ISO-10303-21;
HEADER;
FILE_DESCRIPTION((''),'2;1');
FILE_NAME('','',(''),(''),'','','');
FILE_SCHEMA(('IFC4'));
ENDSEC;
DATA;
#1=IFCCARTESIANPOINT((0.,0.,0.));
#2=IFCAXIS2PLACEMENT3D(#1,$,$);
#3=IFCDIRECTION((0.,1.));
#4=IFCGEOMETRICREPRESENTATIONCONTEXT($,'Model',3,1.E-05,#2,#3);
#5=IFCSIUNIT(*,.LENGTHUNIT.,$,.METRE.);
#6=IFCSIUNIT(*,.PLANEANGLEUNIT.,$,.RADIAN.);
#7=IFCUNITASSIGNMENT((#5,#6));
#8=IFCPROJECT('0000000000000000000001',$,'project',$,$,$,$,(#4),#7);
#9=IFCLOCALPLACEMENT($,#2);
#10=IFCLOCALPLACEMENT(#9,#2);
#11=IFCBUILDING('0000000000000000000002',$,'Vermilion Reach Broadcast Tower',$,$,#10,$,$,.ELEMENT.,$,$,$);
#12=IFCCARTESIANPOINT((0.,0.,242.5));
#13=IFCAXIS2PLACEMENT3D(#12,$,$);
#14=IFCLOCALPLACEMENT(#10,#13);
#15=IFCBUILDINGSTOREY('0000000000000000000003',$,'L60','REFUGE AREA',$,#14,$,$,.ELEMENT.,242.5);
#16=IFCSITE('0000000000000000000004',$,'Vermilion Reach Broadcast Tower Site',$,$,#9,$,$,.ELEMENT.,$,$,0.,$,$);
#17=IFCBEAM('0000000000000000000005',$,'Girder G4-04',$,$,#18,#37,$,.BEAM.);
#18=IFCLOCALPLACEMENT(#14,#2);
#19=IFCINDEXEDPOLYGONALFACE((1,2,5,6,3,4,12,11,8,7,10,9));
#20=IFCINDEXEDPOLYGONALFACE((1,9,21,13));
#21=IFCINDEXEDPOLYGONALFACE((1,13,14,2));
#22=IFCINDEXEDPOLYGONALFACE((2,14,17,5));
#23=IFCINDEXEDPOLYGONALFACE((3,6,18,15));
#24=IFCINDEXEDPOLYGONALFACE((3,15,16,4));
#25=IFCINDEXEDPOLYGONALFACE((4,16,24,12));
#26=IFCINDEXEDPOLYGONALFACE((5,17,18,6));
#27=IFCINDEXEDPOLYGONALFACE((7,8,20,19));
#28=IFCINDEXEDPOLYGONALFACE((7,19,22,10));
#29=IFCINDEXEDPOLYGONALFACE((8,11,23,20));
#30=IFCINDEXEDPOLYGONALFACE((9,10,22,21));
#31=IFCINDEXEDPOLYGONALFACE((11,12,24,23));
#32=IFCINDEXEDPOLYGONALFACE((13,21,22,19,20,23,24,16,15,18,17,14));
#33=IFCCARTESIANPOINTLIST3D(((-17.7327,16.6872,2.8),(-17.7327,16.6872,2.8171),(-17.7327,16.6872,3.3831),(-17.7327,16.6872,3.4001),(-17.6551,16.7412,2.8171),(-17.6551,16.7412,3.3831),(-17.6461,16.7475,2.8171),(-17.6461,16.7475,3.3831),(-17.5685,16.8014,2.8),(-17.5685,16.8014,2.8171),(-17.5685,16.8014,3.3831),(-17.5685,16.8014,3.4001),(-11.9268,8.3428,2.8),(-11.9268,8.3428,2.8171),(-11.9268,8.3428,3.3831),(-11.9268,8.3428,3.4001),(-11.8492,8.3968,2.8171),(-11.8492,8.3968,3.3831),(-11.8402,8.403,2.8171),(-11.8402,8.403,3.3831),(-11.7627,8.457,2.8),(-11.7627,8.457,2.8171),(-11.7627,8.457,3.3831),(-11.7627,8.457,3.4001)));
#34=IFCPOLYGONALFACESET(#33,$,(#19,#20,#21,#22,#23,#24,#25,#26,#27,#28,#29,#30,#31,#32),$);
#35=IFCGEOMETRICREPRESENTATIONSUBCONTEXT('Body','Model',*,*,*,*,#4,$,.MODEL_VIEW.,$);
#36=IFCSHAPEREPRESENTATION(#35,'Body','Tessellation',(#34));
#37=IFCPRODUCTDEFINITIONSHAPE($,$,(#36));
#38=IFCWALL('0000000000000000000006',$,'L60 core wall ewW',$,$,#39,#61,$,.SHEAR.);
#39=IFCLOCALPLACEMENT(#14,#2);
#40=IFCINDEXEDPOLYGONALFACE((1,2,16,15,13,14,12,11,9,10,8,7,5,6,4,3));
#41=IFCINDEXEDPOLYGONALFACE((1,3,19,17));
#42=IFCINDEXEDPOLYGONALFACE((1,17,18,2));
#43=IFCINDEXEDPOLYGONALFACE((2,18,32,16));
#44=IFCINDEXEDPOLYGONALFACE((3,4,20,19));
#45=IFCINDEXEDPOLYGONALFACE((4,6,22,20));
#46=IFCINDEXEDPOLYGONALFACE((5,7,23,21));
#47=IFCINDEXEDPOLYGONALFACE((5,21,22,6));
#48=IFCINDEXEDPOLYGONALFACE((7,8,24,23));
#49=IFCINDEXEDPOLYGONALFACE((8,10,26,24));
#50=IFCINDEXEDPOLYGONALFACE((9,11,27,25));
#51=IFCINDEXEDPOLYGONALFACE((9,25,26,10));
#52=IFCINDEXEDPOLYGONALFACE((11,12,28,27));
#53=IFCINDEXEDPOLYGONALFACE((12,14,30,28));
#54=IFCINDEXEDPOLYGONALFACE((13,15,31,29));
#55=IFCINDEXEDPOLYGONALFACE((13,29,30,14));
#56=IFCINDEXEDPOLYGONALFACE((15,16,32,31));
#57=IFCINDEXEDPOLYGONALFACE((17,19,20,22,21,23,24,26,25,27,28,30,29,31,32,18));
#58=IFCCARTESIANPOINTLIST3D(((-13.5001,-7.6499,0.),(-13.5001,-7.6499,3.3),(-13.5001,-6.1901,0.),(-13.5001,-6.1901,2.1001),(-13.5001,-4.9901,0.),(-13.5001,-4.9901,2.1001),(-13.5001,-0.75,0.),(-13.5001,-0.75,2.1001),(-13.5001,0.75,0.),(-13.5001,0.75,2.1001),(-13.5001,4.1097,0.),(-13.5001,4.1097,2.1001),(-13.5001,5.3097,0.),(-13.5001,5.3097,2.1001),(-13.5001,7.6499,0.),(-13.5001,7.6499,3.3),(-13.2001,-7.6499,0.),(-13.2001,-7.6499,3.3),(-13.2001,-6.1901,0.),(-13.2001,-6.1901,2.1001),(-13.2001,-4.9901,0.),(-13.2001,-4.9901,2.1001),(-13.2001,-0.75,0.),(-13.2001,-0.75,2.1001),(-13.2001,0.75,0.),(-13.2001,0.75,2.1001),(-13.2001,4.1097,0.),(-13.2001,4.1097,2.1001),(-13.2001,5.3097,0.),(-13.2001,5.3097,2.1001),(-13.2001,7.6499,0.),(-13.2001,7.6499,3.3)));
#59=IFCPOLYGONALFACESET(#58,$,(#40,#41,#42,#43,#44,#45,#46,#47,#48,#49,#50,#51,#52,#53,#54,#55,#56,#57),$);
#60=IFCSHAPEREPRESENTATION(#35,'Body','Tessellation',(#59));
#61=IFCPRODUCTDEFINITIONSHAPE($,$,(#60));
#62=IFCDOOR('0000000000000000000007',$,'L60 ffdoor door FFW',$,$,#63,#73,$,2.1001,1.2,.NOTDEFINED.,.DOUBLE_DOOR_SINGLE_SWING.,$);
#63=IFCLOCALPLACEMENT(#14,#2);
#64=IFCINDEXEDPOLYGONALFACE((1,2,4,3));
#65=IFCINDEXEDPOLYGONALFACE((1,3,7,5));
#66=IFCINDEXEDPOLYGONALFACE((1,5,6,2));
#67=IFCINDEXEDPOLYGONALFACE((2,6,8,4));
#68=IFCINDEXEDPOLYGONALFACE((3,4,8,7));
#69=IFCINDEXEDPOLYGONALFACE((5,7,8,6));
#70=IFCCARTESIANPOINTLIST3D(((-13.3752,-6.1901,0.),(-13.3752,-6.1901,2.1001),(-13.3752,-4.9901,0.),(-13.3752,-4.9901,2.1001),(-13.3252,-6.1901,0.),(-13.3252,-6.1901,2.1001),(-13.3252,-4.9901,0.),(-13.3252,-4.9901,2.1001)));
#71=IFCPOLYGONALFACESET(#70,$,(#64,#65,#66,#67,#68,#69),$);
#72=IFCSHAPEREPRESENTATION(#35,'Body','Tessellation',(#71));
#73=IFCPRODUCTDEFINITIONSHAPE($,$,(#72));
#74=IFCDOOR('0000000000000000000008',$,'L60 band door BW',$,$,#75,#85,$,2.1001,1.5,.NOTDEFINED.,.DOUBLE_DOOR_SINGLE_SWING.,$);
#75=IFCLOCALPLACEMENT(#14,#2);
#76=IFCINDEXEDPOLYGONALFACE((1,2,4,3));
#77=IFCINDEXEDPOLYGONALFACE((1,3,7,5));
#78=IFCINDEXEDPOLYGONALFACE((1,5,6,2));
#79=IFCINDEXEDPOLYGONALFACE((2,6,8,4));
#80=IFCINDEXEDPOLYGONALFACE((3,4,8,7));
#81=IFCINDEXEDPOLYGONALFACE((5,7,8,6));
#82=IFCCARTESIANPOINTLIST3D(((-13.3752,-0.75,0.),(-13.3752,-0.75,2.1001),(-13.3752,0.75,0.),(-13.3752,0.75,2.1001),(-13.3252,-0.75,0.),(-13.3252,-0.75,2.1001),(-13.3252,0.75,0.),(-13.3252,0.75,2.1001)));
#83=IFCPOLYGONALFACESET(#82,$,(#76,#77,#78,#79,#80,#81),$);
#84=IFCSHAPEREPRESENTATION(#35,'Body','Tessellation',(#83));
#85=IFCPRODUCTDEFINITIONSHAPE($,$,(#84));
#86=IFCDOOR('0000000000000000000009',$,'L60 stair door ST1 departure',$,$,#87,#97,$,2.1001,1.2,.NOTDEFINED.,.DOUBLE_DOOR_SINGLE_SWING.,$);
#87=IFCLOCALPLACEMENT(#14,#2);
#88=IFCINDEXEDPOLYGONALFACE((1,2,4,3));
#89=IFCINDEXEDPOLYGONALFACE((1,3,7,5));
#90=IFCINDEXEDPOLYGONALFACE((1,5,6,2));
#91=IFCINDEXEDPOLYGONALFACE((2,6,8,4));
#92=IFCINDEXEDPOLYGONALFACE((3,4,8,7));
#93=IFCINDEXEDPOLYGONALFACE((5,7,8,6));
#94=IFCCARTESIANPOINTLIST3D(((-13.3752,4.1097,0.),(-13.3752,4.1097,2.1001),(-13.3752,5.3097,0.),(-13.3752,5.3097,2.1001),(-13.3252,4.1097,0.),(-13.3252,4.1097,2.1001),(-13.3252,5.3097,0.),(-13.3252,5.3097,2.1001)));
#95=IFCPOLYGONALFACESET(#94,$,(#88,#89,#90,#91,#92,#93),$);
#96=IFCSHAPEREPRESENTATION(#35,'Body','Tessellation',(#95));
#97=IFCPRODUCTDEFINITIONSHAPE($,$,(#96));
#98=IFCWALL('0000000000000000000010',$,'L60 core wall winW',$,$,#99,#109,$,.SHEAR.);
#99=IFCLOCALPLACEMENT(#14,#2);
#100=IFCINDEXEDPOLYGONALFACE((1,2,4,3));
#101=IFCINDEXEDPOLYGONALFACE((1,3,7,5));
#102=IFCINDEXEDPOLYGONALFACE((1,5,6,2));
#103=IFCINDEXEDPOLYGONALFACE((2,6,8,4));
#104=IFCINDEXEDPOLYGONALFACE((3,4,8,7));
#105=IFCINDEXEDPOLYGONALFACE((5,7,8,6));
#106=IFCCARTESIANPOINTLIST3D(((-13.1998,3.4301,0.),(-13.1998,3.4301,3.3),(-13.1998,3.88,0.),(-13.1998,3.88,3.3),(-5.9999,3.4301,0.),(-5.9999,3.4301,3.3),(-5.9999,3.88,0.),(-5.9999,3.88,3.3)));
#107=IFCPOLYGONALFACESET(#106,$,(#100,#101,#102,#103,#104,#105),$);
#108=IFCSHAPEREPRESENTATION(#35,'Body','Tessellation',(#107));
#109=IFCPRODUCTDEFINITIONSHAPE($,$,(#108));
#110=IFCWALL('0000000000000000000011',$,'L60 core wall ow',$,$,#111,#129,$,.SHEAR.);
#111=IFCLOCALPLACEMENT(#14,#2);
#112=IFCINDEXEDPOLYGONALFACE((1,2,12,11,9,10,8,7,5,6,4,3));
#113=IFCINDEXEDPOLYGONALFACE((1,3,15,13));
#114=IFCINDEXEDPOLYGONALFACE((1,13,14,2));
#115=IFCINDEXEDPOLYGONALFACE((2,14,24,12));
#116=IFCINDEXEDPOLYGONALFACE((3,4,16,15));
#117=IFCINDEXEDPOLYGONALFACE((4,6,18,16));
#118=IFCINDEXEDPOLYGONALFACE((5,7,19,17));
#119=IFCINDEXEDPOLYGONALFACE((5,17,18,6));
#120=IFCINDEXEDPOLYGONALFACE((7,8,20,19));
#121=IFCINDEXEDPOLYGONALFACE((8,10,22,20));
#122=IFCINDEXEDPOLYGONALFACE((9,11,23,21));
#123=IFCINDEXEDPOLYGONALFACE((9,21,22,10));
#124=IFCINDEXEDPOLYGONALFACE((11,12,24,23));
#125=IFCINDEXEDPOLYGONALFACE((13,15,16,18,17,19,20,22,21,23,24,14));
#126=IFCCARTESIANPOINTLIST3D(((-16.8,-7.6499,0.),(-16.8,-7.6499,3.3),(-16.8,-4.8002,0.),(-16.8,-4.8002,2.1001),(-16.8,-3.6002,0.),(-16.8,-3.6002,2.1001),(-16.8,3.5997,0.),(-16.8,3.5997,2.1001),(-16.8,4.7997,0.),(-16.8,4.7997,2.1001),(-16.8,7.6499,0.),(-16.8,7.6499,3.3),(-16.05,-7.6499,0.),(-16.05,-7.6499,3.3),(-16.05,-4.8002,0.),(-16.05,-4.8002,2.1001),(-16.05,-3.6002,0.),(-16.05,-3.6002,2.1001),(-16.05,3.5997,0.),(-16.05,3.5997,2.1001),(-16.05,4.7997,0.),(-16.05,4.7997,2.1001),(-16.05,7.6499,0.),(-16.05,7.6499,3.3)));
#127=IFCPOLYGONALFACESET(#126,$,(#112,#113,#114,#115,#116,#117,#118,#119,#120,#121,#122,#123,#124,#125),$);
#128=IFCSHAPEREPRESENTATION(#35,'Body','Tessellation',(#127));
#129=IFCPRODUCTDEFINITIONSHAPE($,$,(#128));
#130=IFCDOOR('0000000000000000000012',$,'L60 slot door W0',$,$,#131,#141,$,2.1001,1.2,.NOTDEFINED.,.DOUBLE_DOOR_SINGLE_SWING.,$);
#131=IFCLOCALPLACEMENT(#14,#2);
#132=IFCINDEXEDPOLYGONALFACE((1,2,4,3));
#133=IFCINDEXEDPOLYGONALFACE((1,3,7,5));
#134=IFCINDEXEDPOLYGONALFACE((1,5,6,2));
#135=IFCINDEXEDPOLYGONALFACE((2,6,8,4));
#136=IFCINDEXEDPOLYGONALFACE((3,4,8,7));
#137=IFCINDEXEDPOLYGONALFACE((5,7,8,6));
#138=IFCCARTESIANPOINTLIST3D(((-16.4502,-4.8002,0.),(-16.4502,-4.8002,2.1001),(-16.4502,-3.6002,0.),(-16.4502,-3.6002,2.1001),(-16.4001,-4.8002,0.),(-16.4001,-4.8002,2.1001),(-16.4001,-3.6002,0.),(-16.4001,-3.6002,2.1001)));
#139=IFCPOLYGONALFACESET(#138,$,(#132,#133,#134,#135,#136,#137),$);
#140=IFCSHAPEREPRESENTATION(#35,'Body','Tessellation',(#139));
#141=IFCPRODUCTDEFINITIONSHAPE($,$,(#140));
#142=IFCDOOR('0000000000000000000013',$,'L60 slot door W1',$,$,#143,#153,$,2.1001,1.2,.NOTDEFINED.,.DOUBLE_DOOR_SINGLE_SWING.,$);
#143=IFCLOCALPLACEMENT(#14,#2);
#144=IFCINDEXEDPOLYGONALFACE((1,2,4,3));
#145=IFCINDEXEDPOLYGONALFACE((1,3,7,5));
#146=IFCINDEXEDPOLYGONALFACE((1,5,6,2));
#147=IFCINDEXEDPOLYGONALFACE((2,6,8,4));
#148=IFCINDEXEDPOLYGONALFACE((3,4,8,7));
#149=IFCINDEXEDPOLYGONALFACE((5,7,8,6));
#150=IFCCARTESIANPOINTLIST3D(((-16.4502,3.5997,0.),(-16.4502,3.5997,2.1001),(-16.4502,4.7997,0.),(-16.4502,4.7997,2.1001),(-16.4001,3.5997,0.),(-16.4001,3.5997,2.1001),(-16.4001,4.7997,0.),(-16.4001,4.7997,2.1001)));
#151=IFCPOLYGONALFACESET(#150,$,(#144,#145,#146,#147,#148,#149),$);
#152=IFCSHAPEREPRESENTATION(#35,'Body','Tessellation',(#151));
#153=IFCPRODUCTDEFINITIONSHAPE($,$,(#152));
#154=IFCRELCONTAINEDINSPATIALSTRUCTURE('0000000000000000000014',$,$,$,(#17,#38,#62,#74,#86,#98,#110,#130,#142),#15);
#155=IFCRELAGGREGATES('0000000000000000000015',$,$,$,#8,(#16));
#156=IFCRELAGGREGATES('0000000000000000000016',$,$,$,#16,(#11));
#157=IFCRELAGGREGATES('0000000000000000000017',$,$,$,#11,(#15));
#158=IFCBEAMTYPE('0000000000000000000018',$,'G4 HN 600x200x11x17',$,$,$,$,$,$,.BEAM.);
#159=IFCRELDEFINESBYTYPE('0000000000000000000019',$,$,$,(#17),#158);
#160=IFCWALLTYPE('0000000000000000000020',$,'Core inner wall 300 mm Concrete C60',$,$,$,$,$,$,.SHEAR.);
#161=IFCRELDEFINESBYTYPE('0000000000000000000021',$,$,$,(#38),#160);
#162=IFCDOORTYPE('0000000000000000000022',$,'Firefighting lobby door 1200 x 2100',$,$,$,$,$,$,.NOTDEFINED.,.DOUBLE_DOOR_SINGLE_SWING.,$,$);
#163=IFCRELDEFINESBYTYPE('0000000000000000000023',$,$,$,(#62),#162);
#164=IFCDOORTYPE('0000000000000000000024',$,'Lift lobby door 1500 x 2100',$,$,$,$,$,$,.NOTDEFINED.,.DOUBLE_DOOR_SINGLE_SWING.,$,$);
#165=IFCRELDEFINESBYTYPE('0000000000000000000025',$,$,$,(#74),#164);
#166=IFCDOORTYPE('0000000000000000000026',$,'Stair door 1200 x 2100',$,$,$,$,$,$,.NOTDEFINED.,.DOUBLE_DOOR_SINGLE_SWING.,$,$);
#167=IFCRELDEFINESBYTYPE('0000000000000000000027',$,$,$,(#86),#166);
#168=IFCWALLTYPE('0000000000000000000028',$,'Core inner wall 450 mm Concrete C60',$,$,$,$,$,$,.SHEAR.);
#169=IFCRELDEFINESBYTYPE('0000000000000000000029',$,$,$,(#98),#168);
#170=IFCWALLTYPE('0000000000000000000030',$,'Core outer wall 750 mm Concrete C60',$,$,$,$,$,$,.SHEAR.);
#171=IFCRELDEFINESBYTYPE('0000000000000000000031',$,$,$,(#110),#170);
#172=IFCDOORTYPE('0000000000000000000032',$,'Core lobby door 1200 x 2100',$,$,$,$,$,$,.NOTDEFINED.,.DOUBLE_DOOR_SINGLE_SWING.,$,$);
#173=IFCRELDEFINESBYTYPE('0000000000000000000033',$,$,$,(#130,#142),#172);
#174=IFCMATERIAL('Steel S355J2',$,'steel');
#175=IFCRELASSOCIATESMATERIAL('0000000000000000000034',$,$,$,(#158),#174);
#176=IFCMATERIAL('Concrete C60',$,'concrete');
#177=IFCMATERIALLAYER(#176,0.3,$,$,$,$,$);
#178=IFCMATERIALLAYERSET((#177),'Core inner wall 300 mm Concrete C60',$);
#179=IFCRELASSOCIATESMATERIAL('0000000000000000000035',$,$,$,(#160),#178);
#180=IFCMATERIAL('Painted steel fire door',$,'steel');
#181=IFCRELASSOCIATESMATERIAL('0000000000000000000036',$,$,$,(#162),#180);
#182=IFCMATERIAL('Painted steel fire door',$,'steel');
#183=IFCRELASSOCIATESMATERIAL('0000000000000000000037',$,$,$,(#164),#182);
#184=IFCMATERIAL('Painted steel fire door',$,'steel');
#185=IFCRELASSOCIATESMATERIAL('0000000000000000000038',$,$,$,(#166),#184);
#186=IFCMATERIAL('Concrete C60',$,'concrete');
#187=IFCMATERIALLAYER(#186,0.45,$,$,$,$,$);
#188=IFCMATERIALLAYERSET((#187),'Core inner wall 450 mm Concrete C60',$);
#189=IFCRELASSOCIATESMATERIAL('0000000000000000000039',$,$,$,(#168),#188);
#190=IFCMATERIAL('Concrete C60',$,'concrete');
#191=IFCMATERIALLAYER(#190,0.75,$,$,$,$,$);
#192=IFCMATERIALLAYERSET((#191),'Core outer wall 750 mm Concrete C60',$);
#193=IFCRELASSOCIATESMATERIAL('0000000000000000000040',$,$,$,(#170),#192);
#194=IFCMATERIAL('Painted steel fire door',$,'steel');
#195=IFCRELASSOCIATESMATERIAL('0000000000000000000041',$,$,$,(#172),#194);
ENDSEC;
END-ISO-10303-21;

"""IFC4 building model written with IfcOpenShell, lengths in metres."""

from ifc_helpers import new_model, si_unit, direction, frame, frame_2d, origin, origin_2d, place, context, subcontext, project, spatial, rectangle, i_section, extrude, material, layer, layer_set, material_profile, profile_set, type_object, element, fill, save


model = new_model("IFC4")

# Units and contexts
model_context = context("Model", 3, precision=1e-05, world=origin(), true_north=direction((0.0, 1.0)))
body_context = subcontext(model_context, "Body", "Model", "MODEL_VIEW")
ifc_project = project(units=[si_unit("LENGTHUNIT", "METRE"), si_unit("PLANEANGLEUNIT", "RADIAN")], contexts=[model_context])

# Site, building, storey
site_placement = place(None, origin())
site = spatial("IfcSite", under=ifc_project, at=site_placement, Name="Vermilion Reach Broadcast Tower Site", CompositionType="ELEMENT", RefElevation=0.0)
building_placement = place(site_placement, origin())
building = spatial("IfcBuilding", under=site, at=building_placement, Name="Vermilion Reach Broadcast Tower", CompositionType="ELEMENT")
storey_placement = place(building_placement, frame((0.0, 0.0, 242.5)))
storey = spatial("IfcBuildingStorey", under=building, at=storey_placement, Name="L60", Description="REFUGE AREA", CompositionType="ELEMENT", Elevation=242.5)

# Beam
ifc_material_1 = material(Name="Steel S355J2", Category="steel")
ifc_material_profile = material_profile(ifc_material_1, i_section(OverallWidth=0.2, OverallDepth=0.6001, WebThickness=0.011, FlangeThickness=0.0171, at=origin_2d()), Name="S355J2 HN 600x200x11x17")
ifc_profile_set = profile_set([ifc_material_profile], Name="Steel S355J2")
beam_type = type_object("IfcBeamType", Name="G4 HN 600x200x11x17", PredefinedType="BEAM", material=ifc_profile_set)
beam_placement = place(storey_placement, frame((-11.8447, 8.3999, 3.1001), z_axis=(-0.571134, 0.820857, 0.0), x_axis=(-0.820857, -0.571134, 0.0)))
element("IfcBeam", 1, at=beam_placement, inside=storey, type_object=beam_type, Name="Girder G4-04", PredefinedType="BEAM", context=body_context, shape_type="SweptSolid", body=[
    extrude(i_section(OverallWidth=0.2, OverallDepth=0.6001, WebThickness=0.011, FlangeThickness=0.0171, at=origin_2d()), origin(), (0.0, 0.0, 1.0), 10.1655),
])

# Wall, openings, doors
ifc_material_2 = material(Name="Concrete C60", Category="concrete")
ifc_layer_1 = layer(ifc_material_2, 0.3)
ifc_layer_set_1 = layer_set([ifc_layer_1], Name="Core inner wall 300 mm Concrete C60")
wall_type_1 = type_object("IfcWallType", Name="Core inner wall 300 mm Concrete C60", PredefinedType="SHEAR", material=ifc_layer_set_1)
wall_1_placement = place(storey_placement, frame((-13.3501, 7.6499, 0.0), z_axis=(0.0, 0.0, 1.0), x_axis=(0.0, -1.0, 0.0)))
wall_1 = element("IfcWall", 2, at=wall_1_placement, inside=storey, type_object=wall_type_1, Name="L60 core wall ewW", PredefinedType="SHEAR", context=body_context, shape_type="SweptSolid", body=[
    extrude(rectangle(XDim=15.2998, YDim=0.3, at=frame_2d((7.6499, 0.0))), origin(), (0.0, 0.0, 1.0), 3.3),
])
opening_1_placement = place(wall_1_placement, frame((2.3401, 0.0, 0.0)))
opening_1 = element("IfcOpeningElement", 3, at=opening_1_placement, cuts=wall_1, PredefinedType="OPENING", context=body_context, shape_type="SweptSolid", body=[
    extrude(rectangle(XDim=1.2, YDim=2.1001, at=frame_2d((0.6001, 1.05))), frame((0.0, 0.1599, 0.0), z_axis=(0.0, -1.0, 0.0), x_axis=(1.0, 0.0, 0.0)), (0.0, 0.0, 1.0), 0.3201),
])
opening_2_placement = place(wall_1_placement, frame((12.6399, 0.0, 0.0)))
opening_2 = element("IfcOpeningElement", 4, at=opening_2_placement, cuts=wall_1, PredefinedType="OPENING", context=body_context, shape_type="SweptSolid", body=[
    extrude(rectangle(XDim=1.2, YDim=2.1001, at=frame_2d((0.6001, 1.05))), frame((0.0, 0.1599, 0.0), z_axis=(0.0, -1.0, 0.0), x_axis=(1.0, 0.0, 0.0)), (0.0, 0.0, 1.0), 0.3201),
])
opening_3_placement = place(wall_1_placement, frame((6.8999, 0.0, 0.0)))
opening_3 = element("IfcOpeningElement", 5, at=opening_3_placement, cuts=wall_1, PredefinedType="OPENING", context=body_context, shape_type="SweptSolid", body=[
    extrude(rectangle(XDim=1.5, YDim=2.1001, at=frame_2d((0.75, 1.05))), frame((0.0, 0.1599, 0.0), z_axis=(0.0, -1.0, 0.0), x_axis=(1.0, 0.0, 0.0)), (0.0, 0.0, 1.0), 0.3201),
])
ifc_material_3 = material(Name="Painted steel fire door", Category="steel")
door_type_1 = type_object("IfcDoorType", Name="Firefighting lobby door 1200 x 2100", OperationType="DOUBLE_DOOR_SINGLE_SWING", PredefinedType="NOTDEFINED", material=ifc_material_3)
door_1_placement = place(opening_2_placement, origin())
door_1 = element("IfcDoor", 6, at=door_1_placement, inside=storey, type_object=door_type_1, Name="L60 ffdoor door FFW", OperationType="DOUBLE_DOOR_SINGLE_SWING", OverallHeight=2.1001, OverallWidth=1.2, PredefinedType="NOTDEFINED", context=body_context, shape_type="SweptSolid", body=[
    extrude(rectangle(XDim=1.2, YDim=2.1001, at=frame_2d((0.6001, 1.05))), frame((0.0, 0.0249, 0.0), z_axis=(0.0, -1.0, 0.0), x_axis=(1.0, 0.0, 0.0)), (0.0, 0.0, 1.0), 0.05),
])
fill(opening_2, door_1)
ifc_material_4 = material(Name="Painted steel fire door", Category="steel")
door_type_2 = type_object("IfcDoorType", Name="Lift lobby door 1500 x 2100", OperationType="DOUBLE_DOOR_SINGLE_SWING", PredefinedType="NOTDEFINED", material=ifc_material_4)
door_2_placement = place(opening_3_placement, origin())
door_2 = element("IfcDoor", 7, at=door_2_placement, inside=storey, type_object=door_type_2, Name="L60 band door BW", OperationType="DOUBLE_DOOR_SINGLE_SWING", OverallHeight=2.1001, OverallWidth=1.5, PredefinedType="NOTDEFINED", context=body_context, shape_type="SweptSolid", body=[
    extrude(rectangle(XDim=1.5, YDim=2.1001, at=frame_2d((0.75, 1.05))), frame((0.0, 0.0249, 0.0), z_axis=(0.0, -1.0, 0.0), x_axis=(1.0, 0.0, 0.0)), (0.0, 0.0, 1.0), 0.05),
])
fill(opening_3, door_2)
ifc_material_5 = material(Name="Painted steel fire door", Category="steel")
door_type_3 = type_object("IfcDoorType", Name="Stair door 1200 x 2100", OperationType="DOUBLE_DOOR_SINGLE_SWING", PredefinedType="NOTDEFINED", material=ifc_material_5)
door_3_placement = place(opening_1_placement, origin())
door_3 = element("IfcDoor", 8, at=door_3_placement, inside=storey, type_object=door_type_3, Name="L60 stair door ST1 departure", OperationType="DOUBLE_DOOR_SINGLE_SWING", OverallHeight=2.1001, OverallWidth=1.2, PredefinedType="NOTDEFINED", context=body_context, shape_type="SweptSolid", body=[
    extrude(rectangle(XDim=1.2, YDim=2.1001, at=frame_2d((0.6001, 1.05))), frame((0.0, 0.0249, 0.0), z_axis=(0.0, -1.0, 0.0), x_axis=(1.0, 0.0, 0.0)), (0.0, 0.0, 1.0), 0.05),
])
fill(opening_1, door_3)

# Wall
ifc_material_6 = material(Name="Concrete C60", Category="concrete")
ifc_layer_2 = layer(ifc_material_6, 0.45)
ifc_layer_set_2 = layer_set([ifc_layer_2], Name="Core inner wall 450 mm Concrete C60")
wall_type_2 = type_object("IfcWallType", Name="Core inner wall 450 mm Concrete C60", PredefinedType="SHEAR", material=ifc_layer_set_2)
wall_2_placement = place(storey_placement, frame((-13.2, 3.655, 0.0), z_axis=(0.0, 0.0, 1.0), x_axis=(1.0, 0.0, 0.0)))
element("IfcWall", 9, at=wall_2_placement, inside=storey, type_object=wall_type_2, Name="L60 core wall winW", PredefinedType="SHEAR", context=body_context, shape_type="SweptSolid", body=[
    extrude(rectangle(XDim=7.2, YDim=0.45, at=frame_2d((3.6001, 0.0))), origin(), (0.0, 0.0, 1.0), 3.3),
])

# Wall, openings, doors
ifc_material_7 = material(Name="Concrete C60", Category="concrete")
ifc_layer_3 = layer(ifc_material_7, 0.75)
ifc_layer_set_3 = layer_set([ifc_layer_3], Name="Core outer wall 750 mm Concrete C60")
wall_type_3 = type_object("IfcWallType", Name="Core outer wall 750 mm Concrete C60", PredefinedType="SHEAR", material=ifc_layer_set_3)
wall_3_placement = place(storey_placement, frame((-16.425, 7.6499, 0.0), z_axis=(0.0, 0.0, 1.0), x_axis=(0.0, -1.0, 0.0)))
wall_3 = element("IfcWall", 10, at=wall_3_placement, inside=storey, type_object=wall_type_3, Name="L60 core wall ow", PredefinedType="SHEAR", context=body_context, shape_type="SweptSolid", body=[
    extrude(rectangle(XDim=15.2998, YDim=0.75, at=frame_2d((7.6499, 0.0))), origin(), (0.0, 0.0, 1.0), 3.3),
])
opening_4_placement = place(wall_3_placement, frame((11.25, 0.0, 0.0)))
opening_4 = element("IfcOpeningElement", 11, at=opening_4_placement, cuts=wall_3, PredefinedType="OPENING", context=body_context, shape_type="SweptSolid", body=[
    extrude(rectangle(XDim=1.2, YDim=2.1001, at=frame_2d((0.6001, 1.05))), frame((0.0, 0.385, 0.0), z_axis=(0.0, -1.0, 0.0), x_axis=(1.0, 0.0, 0.0)), (0.0, 0.0, 1.0), 0.77),
])
opening_5_placement = place(wall_3_placement, frame((2.8501, 0.0, 0.0)))
opening_5 = element("IfcOpeningElement", 12, at=opening_5_placement, cuts=wall_3, PredefinedType="OPENING", context=body_context, shape_type="SweptSolid", body=[
    extrude(rectangle(XDim=1.2, YDim=2.1001, at=frame_2d((0.6001, 1.05))), frame((0.0, 0.385, 0.0), z_axis=(0.0, -1.0, 0.0), x_axis=(1.0, 0.0, 0.0)), (0.0, 0.0, 1.0), 0.77),
])
ifc_material_8 = material(Name="Painted steel fire door", Category="steel")
door_type_4 = type_object("IfcDoorType", Name="Core lobby door 1200 x 2100", OperationType="DOUBLE_DOOR_SINGLE_SWING", PredefinedType="NOTDEFINED", material=ifc_material_8)
door_4_placement = place(opening_4_placement, origin())
door_4 = element("IfcDoor", 13, at=door_4_placement, inside=storey, type_object=door_type_4, Name="L60 slot door W0", OperationType="DOUBLE_DOOR_SINGLE_SWING", OverallHeight=2.1001, OverallWidth=1.2, PredefinedType="NOTDEFINED", context=body_context, shape_type="SweptSolid", body=[
    extrude(rectangle(XDim=1.2, YDim=2.1001, at=frame_2d((0.6001, 1.05))), frame((0.0, 0.0249, 0.0), z_axis=(0.0, -1.0, 0.0), x_axis=(1.0, 0.0, 0.0)), (0.0, 0.0, 1.0), 0.05),
])
fill(opening_4, door_4)
door_5_placement = place(opening_5_placement, origin())
door_5 = element("IfcDoor", 14, at=door_5_placement, inside=storey, type_object=door_type_4, Name="L60 slot door W1", OperationType="DOUBLE_DOOR_SINGLE_SWING", OverallHeight=2.1001, OverallWidth=1.2, PredefinedType="NOTDEFINED", context=body_context, shape_type="SweptSolid", body=[
    extrude(rectangle(XDim=1.2, YDim=2.1001, at=frame_2d((0.6001, 1.05))), frame((0.0, 0.0249, 0.0), z_axis=(0.0, -1.0, 0.0), x_axis=(1.0, 0.0, 0.0)), (0.0, 0.0, 1.0), 0.05),
])
fill(opening_5, door_5)

save(model, "model.ifc")
